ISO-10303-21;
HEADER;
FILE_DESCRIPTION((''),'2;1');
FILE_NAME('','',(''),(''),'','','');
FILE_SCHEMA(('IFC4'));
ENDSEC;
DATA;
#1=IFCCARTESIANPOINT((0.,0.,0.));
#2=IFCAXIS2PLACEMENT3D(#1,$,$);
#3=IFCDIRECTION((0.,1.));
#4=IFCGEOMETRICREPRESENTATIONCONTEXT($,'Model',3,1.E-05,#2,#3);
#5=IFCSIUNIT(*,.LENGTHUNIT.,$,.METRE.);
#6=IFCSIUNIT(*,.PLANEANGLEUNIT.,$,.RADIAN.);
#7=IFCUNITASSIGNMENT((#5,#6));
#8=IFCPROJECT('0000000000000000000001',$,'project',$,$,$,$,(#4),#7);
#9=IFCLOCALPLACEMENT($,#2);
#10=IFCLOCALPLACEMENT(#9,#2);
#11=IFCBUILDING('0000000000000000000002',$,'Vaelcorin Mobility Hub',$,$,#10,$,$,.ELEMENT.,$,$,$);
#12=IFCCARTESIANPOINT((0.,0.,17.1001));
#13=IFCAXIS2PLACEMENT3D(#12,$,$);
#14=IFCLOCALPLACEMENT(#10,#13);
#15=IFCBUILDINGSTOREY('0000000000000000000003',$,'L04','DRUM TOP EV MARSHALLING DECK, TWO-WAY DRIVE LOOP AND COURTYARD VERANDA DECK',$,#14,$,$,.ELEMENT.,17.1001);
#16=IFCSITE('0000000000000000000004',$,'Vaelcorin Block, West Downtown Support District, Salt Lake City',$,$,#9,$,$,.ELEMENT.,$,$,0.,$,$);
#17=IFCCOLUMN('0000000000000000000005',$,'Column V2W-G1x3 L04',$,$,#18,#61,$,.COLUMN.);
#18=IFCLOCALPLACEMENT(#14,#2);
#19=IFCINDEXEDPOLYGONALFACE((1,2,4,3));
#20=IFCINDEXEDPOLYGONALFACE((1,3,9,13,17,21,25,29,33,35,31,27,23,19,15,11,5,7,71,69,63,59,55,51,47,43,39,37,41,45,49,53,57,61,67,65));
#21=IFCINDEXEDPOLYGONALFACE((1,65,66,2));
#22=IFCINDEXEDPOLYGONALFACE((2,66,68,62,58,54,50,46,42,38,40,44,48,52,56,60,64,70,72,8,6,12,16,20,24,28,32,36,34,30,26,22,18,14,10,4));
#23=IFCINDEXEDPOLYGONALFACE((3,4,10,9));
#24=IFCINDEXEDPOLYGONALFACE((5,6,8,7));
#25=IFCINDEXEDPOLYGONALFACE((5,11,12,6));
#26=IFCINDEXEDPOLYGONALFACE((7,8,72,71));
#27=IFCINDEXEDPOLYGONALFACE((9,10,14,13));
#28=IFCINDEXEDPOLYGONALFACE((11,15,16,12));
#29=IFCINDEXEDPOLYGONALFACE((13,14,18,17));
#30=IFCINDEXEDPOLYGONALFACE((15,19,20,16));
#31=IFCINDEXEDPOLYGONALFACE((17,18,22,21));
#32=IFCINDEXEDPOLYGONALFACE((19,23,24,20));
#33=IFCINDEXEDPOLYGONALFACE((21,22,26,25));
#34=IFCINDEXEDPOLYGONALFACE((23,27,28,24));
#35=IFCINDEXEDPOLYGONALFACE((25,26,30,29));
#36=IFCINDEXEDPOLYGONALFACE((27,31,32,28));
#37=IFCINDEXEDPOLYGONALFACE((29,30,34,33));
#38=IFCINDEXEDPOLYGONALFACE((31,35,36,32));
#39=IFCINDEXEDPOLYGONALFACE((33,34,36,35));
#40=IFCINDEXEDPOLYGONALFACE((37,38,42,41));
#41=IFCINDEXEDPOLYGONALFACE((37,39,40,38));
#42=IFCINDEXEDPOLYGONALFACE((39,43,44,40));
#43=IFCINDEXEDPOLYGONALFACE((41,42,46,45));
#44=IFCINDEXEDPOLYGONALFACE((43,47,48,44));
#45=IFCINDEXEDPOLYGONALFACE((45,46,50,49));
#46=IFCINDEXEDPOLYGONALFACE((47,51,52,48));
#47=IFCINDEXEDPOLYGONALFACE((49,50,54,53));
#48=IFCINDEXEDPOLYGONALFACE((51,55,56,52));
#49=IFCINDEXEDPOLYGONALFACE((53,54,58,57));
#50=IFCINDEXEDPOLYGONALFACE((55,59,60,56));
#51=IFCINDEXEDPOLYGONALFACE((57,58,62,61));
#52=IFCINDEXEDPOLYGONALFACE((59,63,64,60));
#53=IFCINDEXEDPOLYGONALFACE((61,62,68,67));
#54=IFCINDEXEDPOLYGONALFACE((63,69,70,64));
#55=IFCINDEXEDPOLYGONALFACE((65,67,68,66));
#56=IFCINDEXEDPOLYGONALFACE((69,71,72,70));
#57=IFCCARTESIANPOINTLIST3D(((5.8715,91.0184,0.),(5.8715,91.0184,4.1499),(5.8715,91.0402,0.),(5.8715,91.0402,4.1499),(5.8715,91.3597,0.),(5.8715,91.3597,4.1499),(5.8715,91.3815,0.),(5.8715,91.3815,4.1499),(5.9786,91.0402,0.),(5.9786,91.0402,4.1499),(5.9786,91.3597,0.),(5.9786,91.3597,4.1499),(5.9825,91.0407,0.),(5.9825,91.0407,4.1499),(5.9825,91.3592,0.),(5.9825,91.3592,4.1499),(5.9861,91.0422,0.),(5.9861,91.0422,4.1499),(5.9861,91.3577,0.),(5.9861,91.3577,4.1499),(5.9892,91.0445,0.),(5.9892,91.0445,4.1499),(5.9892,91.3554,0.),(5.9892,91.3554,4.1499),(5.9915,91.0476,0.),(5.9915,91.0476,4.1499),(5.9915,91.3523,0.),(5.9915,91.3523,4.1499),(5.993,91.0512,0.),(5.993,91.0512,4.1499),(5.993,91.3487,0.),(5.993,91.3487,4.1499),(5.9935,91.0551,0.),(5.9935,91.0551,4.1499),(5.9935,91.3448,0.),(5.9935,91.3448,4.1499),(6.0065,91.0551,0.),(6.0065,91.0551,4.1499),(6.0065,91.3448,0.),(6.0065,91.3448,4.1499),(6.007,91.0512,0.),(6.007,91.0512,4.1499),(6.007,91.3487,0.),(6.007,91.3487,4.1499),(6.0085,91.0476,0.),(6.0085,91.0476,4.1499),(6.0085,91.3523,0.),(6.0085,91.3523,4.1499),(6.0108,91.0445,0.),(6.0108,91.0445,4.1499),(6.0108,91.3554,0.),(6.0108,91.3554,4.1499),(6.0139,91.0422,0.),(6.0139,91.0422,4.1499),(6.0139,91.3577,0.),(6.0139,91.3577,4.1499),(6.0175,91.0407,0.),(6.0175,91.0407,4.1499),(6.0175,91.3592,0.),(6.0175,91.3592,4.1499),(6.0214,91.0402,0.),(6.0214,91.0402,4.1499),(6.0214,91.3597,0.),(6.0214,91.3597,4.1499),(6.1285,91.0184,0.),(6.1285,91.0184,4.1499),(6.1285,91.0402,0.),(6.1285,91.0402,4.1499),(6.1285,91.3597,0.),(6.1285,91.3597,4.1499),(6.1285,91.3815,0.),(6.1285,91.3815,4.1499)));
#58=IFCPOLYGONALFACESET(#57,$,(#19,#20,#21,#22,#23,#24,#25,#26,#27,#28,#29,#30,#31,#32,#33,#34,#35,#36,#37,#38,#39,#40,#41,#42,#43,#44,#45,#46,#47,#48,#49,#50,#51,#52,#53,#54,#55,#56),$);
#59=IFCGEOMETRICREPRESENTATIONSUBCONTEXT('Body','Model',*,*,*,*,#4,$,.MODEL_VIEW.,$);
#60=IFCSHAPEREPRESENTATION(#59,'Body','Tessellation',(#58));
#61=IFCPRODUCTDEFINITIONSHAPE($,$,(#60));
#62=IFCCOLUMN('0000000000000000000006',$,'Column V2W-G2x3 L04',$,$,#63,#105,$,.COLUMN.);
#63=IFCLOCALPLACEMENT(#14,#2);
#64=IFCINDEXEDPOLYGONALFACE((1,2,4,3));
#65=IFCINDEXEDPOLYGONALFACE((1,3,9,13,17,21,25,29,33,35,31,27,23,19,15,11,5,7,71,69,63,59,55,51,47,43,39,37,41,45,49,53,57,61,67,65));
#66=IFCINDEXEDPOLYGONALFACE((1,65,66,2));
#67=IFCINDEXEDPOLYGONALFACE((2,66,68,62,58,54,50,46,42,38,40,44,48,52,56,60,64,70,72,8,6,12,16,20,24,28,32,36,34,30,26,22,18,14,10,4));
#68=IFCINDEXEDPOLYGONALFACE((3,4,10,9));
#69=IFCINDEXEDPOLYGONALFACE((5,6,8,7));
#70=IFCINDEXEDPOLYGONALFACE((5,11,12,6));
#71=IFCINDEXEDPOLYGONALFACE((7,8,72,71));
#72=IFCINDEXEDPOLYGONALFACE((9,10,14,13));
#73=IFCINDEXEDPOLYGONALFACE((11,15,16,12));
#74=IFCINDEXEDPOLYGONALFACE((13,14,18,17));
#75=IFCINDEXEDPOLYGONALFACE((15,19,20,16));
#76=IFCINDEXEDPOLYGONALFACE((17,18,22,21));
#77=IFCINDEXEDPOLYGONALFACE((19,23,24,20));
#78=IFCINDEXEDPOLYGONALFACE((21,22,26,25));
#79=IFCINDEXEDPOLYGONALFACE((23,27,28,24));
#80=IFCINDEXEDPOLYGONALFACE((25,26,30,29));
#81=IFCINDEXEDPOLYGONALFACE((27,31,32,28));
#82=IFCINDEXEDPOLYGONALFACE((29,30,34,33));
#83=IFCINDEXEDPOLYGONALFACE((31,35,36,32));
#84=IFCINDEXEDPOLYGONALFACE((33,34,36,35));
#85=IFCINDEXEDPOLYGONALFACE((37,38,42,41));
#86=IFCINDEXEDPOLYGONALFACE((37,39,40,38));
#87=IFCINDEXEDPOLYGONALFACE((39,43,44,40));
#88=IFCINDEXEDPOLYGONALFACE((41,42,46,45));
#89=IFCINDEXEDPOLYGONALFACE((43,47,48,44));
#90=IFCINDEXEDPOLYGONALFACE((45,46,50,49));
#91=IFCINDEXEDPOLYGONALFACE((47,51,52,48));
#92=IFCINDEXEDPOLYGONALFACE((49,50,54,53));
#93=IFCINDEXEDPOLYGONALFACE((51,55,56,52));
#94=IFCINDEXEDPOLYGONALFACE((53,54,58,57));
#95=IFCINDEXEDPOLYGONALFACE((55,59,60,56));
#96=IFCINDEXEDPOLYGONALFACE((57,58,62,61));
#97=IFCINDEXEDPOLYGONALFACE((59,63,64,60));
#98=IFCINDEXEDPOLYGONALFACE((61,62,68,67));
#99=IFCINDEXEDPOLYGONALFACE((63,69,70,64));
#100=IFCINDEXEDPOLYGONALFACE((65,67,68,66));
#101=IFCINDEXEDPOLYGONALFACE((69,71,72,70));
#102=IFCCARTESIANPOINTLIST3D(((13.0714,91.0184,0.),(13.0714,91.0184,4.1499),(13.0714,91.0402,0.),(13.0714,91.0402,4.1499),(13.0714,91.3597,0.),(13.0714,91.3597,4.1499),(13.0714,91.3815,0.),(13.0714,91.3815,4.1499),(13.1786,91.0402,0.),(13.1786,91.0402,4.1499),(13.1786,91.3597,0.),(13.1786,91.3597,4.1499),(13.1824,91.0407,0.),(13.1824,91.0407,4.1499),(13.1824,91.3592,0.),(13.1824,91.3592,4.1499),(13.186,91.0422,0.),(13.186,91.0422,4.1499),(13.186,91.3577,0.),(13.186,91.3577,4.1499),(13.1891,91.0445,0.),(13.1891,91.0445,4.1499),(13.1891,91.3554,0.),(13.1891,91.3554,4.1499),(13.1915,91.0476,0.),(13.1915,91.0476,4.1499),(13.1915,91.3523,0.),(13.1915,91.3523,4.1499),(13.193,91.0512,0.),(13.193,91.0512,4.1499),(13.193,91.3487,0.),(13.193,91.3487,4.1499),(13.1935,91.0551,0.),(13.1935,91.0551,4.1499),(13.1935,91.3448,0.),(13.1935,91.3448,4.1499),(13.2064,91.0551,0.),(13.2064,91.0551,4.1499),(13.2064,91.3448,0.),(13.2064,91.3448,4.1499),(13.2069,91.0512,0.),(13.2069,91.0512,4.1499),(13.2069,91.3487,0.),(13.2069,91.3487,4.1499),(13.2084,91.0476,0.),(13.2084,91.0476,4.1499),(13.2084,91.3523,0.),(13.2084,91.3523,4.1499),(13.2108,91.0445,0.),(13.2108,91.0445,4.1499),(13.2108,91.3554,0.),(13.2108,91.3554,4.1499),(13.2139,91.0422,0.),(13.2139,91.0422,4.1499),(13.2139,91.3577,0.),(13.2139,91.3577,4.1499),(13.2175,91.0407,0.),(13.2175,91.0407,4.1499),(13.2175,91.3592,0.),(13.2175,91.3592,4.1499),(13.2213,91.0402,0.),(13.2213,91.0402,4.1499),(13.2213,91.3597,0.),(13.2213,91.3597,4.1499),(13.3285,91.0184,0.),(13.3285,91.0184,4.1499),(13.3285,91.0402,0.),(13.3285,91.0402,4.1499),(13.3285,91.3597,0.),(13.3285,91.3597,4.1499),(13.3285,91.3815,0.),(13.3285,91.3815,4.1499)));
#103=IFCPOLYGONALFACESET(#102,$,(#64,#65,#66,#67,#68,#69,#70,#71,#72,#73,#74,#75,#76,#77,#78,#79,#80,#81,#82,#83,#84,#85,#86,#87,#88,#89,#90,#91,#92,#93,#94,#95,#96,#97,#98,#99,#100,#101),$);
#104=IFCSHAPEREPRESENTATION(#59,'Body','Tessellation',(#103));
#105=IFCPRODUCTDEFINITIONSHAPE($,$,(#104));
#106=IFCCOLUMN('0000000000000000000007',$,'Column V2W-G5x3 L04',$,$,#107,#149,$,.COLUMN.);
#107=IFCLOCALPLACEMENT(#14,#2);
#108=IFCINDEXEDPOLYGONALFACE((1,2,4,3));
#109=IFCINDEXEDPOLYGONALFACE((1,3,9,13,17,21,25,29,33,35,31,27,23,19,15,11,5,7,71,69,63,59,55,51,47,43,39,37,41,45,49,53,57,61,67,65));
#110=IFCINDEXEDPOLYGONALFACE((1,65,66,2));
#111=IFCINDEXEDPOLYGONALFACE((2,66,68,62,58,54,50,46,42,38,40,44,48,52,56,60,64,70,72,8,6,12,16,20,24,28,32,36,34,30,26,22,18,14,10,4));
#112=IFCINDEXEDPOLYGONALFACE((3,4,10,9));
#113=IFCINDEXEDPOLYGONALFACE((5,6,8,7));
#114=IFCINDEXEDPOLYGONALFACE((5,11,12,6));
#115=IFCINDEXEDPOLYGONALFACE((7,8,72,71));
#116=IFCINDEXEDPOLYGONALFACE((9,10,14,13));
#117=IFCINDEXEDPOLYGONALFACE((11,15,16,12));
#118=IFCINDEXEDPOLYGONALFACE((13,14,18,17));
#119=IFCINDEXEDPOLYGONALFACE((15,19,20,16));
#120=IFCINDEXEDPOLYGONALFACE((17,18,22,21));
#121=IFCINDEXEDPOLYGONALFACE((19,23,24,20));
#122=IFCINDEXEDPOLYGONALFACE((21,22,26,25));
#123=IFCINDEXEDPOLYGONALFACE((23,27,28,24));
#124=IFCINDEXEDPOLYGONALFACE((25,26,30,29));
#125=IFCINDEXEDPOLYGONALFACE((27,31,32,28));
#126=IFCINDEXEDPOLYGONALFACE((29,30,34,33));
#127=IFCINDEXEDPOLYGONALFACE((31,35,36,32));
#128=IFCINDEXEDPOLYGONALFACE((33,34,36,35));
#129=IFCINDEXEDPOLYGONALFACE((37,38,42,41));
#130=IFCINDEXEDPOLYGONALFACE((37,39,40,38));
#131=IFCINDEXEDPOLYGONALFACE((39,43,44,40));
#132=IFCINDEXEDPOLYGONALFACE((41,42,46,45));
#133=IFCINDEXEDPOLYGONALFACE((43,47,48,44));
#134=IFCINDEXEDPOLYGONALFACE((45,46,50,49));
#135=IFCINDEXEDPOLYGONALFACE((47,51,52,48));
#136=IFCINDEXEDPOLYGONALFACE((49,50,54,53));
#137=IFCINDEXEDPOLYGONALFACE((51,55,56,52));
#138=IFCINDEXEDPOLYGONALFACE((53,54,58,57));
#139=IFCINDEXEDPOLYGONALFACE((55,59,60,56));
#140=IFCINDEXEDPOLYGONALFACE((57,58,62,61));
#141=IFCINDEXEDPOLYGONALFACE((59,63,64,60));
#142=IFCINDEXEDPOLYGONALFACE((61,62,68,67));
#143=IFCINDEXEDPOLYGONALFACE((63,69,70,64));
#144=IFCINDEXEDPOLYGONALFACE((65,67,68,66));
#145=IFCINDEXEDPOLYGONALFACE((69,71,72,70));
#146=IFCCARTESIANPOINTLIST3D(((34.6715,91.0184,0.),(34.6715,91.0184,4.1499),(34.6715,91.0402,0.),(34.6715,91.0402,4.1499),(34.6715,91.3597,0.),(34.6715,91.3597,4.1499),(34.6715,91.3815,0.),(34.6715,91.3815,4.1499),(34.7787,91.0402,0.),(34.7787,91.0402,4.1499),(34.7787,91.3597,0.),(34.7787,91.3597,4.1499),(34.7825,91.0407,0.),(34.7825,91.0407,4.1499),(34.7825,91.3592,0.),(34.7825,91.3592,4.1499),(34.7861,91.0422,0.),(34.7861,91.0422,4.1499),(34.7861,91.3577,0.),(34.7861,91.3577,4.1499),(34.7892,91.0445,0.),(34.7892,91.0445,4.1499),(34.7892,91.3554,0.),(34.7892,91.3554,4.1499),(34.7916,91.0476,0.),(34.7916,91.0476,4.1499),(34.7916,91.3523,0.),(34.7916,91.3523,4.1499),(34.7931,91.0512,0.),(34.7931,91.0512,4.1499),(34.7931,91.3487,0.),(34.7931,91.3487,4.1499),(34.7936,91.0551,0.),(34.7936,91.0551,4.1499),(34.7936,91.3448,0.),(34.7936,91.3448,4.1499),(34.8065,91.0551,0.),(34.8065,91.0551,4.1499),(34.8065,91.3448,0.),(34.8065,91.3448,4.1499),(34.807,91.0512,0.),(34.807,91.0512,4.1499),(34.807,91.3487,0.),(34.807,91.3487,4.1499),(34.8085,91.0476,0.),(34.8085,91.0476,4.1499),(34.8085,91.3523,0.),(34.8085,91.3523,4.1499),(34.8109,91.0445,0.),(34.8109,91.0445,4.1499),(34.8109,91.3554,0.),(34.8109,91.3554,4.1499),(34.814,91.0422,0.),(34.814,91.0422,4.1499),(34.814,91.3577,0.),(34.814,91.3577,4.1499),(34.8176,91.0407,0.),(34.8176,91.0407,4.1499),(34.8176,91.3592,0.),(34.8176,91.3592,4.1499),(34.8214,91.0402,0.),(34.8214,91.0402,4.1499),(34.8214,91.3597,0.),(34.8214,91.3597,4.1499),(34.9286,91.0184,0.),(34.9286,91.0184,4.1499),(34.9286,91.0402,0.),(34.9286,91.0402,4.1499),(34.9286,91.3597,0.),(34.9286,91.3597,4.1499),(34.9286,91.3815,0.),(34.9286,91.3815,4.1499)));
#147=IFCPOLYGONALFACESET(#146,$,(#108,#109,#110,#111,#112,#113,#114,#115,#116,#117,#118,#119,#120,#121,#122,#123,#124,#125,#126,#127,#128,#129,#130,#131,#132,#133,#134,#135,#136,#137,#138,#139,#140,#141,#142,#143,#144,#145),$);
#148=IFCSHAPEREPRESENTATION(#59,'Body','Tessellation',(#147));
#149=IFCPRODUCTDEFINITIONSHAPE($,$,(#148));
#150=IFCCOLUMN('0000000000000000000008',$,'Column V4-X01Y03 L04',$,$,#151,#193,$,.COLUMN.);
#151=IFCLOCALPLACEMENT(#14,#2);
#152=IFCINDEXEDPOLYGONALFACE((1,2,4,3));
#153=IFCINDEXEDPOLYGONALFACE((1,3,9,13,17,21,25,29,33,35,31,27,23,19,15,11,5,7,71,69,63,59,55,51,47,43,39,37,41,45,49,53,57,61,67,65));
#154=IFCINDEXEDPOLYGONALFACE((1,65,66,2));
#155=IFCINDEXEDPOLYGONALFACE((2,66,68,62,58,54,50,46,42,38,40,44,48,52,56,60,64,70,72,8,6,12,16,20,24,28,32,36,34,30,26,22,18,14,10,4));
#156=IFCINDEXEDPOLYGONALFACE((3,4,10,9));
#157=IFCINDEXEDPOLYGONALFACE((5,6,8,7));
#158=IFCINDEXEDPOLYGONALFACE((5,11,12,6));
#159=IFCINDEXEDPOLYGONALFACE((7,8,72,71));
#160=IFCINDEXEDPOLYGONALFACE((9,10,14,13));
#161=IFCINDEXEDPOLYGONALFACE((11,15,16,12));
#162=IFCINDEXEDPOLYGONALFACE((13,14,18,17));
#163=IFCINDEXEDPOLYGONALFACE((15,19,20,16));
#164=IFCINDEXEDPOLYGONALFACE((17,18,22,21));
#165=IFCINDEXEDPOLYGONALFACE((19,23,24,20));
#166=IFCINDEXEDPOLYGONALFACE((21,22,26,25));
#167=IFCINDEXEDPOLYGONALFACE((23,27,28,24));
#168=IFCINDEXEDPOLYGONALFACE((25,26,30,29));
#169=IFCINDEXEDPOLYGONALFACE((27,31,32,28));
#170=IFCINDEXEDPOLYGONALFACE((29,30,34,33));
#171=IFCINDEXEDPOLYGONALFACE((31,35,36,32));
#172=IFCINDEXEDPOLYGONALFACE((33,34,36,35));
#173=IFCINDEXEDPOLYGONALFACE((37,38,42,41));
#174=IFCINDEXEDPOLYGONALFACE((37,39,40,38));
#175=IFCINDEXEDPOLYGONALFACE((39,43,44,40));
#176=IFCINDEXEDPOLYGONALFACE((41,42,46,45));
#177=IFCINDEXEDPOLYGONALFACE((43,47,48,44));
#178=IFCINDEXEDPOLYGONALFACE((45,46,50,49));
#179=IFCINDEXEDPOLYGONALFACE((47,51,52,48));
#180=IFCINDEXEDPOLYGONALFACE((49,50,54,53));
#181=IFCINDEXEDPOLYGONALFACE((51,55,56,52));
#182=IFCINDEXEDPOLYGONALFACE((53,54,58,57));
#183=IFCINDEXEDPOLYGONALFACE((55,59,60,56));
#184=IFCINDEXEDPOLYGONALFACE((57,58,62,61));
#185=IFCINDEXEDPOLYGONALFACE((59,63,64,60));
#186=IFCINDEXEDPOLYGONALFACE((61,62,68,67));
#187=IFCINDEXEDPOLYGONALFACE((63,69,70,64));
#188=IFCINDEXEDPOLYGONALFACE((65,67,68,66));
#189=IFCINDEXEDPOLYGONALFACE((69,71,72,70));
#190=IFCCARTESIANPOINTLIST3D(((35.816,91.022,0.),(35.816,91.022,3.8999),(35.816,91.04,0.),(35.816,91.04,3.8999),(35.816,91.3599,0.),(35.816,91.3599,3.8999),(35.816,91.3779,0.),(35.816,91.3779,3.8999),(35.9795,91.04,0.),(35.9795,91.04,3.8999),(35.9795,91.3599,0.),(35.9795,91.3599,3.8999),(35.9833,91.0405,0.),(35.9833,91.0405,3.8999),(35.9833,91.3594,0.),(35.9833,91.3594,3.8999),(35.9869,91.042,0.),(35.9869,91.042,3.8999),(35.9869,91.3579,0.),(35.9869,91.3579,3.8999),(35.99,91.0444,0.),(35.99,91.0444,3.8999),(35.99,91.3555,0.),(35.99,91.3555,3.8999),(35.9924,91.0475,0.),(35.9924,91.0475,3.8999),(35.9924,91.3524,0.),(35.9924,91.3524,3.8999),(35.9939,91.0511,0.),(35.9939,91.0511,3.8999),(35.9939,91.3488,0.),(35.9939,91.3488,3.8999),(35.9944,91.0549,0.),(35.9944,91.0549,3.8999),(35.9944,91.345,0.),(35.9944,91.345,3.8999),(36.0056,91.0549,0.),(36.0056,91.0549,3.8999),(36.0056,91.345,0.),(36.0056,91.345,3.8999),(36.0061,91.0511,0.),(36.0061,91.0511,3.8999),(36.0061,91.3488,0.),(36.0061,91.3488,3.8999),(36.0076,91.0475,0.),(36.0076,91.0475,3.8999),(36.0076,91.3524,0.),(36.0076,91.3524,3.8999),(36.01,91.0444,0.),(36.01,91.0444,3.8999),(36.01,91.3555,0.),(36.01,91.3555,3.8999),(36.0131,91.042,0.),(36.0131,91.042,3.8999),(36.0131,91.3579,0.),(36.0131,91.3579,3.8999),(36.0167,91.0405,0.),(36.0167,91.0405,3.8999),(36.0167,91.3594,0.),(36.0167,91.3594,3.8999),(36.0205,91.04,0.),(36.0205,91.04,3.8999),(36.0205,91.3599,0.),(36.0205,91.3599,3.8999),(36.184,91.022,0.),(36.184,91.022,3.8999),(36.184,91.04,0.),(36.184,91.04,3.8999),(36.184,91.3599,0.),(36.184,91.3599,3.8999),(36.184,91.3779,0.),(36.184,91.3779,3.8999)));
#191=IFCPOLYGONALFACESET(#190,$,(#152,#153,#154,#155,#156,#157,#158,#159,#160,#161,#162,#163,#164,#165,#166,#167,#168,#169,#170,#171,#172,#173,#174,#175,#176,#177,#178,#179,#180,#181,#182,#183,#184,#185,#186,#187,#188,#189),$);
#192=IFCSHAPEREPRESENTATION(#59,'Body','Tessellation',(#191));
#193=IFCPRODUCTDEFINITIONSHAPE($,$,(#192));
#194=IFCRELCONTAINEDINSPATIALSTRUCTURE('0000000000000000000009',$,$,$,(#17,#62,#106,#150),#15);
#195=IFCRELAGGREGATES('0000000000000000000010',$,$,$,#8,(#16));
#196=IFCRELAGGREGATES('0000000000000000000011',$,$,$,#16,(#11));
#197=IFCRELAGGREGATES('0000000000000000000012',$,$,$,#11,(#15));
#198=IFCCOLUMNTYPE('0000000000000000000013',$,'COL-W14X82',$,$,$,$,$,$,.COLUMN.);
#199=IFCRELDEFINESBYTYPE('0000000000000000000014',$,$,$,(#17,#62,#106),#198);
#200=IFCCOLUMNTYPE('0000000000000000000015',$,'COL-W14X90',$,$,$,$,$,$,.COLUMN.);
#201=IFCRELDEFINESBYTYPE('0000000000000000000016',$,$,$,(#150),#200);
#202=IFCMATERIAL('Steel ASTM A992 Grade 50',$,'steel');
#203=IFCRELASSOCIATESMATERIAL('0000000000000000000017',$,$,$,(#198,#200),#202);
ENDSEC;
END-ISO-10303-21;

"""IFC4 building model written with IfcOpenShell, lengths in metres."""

from ifc_helpers import new_model, si_unit, direction, frame, origin, origin_2d, place, context, subcontext, project, spatial, i_section, extrude, material, material_profile, profile_set, type_object, element, save


model = new_model("IFC4")

# Units and contexts
model_context = context("Model", 3, precision=1e-05, world=origin(), true_north=direction((0.0, 1.0)))
body_context = subcontext(model_context, "Body", "Model", "MODEL_VIEW")
ifc_project = project(units=[si_unit("LENGTHUNIT", "METRE"), si_unit("PLANEANGLEUNIT", "RADIAN")], contexts=[model_context])

# Site, building, storey
site_placement = place(None, origin())
site = spatial("IfcSite", under=ifc_project, at=site_placement, Name="Vaelcorin Block, West Downtown Support District, Salt Lake City", CompositionType="ELEMENT", RefElevation=0.0)
building_placement = place(site_placement, origin())
building = spatial("IfcBuilding", under=site, at=building_placement, Name="Vaelcorin Mobility Hub", CompositionType="ELEMENT")
storey_placement = place(building_placement, frame((0.0, 0.0, 17.1001)))
storey = spatial("IfcBuildingStorey", under=building, at=storey_placement, Name="L04", Description="DRUM TOP EV MARSHALLING DECK, TWO-WAY DRIVE LOOP AND COURTYARD VERANDA DECK", CompositionType="ELEMENT", Elevation=17.1001)

# Columns
ifc_material_1 = material(Name="Steel ASTM A992 Grade 50", Category="steel")
ifc_material_profile_1 = material_profile(ifc_material_1, i_section(OverallWidth=0.2571, OverallDepth=0.363, WebThickness=0.0129, FlangeThickness=0.0217, FilletRadius=0.0149, at=origin_2d()), Name="W14X82")
ifc_profile_set_1 = profile_set([ifc_material_profile_1], Name="Steel ASTM A992 Grade 50")
column_type_1 = type_object("IfcColumnType", Name="COL-W14X82", PredefinedType="COLUMN", material=ifc_profile_set_1)
for number, where, z_axis, x_axis, name in (
    (1, (6.0, 91.2, 0.0), (0.0, 0.0, 1.0), (1.0, 0.0, 0.0), "Column V2W-G1x3 L04"),
    (2, (13.2, 91.2, 0.0), (0.0, 0.0, 1.0), (1.0, 0.0, 0.0), "Column V2W-G2x3 L04"),
    (3, (34.8, 91.2, 0.0), (0.0, 0.0, 1.0), (1.0, 0.0, 0.0), "Column V2W-G5x3 L04"),
):
    element("IfcColumn", number, at=place(storey_placement, frame(where, z_axis=z_axis, x_axis=x_axis)), inside=storey, type_object=column_type_1, Name=name, PredefinedType="COLUMN", context=body_context, shape_type="SweptSolid", body=[
        extrude(i_section(OverallWidth=0.2571, OverallDepth=0.363, WebThickness=0.0129, FlangeThickness=0.0217, FilletRadius=0.0149, at=origin_2d()), origin(), (0.0, 0.0, 1.0), 4.1499),
    ])
ifc_material_profile_2 = material_profile(ifc_material_1, i_section(OverallWidth=0.3679, OverallDepth=0.356, WebThickness=0.0112, FlangeThickness=0.0181, FilletRadius=0.0149, at=origin_2d()), Name="W14X90")
ifc_profile_set_2 = profile_set([ifc_material_profile_2], Name="Steel ASTM A992 Grade 50")
column_type_2 = type_object("IfcColumnType", Name="COL-W14X90", PredefinedType="COLUMN", material=ifc_profile_set_2)
for number, where, z_axis, x_axis, name in (
    (4, (36.0, 91.2, 0.0), (0.0, 0.0, 1.0), (1.0, 0.0, 0.0), "Column V4-X01Y03 L04"),
):
    element("IfcColumn", number, at=place(storey_placement, frame(where, z_axis=z_axis, x_axis=x_axis)), inside=storey, type_object=column_type_2, Name=name, PredefinedType="COLUMN", context=body_context, shape_type="SweptSolid", body=[
        extrude(i_section(OverallWidth=0.3679, OverallDepth=0.356, WebThickness=0.0112, FlangeThickness=0.0181, FilletRadius=0.0149, at=origin_2d()), origin(), (0.0, 0.0, 1.0), 3.8999),
    ])

save(model, "model.ifc")
